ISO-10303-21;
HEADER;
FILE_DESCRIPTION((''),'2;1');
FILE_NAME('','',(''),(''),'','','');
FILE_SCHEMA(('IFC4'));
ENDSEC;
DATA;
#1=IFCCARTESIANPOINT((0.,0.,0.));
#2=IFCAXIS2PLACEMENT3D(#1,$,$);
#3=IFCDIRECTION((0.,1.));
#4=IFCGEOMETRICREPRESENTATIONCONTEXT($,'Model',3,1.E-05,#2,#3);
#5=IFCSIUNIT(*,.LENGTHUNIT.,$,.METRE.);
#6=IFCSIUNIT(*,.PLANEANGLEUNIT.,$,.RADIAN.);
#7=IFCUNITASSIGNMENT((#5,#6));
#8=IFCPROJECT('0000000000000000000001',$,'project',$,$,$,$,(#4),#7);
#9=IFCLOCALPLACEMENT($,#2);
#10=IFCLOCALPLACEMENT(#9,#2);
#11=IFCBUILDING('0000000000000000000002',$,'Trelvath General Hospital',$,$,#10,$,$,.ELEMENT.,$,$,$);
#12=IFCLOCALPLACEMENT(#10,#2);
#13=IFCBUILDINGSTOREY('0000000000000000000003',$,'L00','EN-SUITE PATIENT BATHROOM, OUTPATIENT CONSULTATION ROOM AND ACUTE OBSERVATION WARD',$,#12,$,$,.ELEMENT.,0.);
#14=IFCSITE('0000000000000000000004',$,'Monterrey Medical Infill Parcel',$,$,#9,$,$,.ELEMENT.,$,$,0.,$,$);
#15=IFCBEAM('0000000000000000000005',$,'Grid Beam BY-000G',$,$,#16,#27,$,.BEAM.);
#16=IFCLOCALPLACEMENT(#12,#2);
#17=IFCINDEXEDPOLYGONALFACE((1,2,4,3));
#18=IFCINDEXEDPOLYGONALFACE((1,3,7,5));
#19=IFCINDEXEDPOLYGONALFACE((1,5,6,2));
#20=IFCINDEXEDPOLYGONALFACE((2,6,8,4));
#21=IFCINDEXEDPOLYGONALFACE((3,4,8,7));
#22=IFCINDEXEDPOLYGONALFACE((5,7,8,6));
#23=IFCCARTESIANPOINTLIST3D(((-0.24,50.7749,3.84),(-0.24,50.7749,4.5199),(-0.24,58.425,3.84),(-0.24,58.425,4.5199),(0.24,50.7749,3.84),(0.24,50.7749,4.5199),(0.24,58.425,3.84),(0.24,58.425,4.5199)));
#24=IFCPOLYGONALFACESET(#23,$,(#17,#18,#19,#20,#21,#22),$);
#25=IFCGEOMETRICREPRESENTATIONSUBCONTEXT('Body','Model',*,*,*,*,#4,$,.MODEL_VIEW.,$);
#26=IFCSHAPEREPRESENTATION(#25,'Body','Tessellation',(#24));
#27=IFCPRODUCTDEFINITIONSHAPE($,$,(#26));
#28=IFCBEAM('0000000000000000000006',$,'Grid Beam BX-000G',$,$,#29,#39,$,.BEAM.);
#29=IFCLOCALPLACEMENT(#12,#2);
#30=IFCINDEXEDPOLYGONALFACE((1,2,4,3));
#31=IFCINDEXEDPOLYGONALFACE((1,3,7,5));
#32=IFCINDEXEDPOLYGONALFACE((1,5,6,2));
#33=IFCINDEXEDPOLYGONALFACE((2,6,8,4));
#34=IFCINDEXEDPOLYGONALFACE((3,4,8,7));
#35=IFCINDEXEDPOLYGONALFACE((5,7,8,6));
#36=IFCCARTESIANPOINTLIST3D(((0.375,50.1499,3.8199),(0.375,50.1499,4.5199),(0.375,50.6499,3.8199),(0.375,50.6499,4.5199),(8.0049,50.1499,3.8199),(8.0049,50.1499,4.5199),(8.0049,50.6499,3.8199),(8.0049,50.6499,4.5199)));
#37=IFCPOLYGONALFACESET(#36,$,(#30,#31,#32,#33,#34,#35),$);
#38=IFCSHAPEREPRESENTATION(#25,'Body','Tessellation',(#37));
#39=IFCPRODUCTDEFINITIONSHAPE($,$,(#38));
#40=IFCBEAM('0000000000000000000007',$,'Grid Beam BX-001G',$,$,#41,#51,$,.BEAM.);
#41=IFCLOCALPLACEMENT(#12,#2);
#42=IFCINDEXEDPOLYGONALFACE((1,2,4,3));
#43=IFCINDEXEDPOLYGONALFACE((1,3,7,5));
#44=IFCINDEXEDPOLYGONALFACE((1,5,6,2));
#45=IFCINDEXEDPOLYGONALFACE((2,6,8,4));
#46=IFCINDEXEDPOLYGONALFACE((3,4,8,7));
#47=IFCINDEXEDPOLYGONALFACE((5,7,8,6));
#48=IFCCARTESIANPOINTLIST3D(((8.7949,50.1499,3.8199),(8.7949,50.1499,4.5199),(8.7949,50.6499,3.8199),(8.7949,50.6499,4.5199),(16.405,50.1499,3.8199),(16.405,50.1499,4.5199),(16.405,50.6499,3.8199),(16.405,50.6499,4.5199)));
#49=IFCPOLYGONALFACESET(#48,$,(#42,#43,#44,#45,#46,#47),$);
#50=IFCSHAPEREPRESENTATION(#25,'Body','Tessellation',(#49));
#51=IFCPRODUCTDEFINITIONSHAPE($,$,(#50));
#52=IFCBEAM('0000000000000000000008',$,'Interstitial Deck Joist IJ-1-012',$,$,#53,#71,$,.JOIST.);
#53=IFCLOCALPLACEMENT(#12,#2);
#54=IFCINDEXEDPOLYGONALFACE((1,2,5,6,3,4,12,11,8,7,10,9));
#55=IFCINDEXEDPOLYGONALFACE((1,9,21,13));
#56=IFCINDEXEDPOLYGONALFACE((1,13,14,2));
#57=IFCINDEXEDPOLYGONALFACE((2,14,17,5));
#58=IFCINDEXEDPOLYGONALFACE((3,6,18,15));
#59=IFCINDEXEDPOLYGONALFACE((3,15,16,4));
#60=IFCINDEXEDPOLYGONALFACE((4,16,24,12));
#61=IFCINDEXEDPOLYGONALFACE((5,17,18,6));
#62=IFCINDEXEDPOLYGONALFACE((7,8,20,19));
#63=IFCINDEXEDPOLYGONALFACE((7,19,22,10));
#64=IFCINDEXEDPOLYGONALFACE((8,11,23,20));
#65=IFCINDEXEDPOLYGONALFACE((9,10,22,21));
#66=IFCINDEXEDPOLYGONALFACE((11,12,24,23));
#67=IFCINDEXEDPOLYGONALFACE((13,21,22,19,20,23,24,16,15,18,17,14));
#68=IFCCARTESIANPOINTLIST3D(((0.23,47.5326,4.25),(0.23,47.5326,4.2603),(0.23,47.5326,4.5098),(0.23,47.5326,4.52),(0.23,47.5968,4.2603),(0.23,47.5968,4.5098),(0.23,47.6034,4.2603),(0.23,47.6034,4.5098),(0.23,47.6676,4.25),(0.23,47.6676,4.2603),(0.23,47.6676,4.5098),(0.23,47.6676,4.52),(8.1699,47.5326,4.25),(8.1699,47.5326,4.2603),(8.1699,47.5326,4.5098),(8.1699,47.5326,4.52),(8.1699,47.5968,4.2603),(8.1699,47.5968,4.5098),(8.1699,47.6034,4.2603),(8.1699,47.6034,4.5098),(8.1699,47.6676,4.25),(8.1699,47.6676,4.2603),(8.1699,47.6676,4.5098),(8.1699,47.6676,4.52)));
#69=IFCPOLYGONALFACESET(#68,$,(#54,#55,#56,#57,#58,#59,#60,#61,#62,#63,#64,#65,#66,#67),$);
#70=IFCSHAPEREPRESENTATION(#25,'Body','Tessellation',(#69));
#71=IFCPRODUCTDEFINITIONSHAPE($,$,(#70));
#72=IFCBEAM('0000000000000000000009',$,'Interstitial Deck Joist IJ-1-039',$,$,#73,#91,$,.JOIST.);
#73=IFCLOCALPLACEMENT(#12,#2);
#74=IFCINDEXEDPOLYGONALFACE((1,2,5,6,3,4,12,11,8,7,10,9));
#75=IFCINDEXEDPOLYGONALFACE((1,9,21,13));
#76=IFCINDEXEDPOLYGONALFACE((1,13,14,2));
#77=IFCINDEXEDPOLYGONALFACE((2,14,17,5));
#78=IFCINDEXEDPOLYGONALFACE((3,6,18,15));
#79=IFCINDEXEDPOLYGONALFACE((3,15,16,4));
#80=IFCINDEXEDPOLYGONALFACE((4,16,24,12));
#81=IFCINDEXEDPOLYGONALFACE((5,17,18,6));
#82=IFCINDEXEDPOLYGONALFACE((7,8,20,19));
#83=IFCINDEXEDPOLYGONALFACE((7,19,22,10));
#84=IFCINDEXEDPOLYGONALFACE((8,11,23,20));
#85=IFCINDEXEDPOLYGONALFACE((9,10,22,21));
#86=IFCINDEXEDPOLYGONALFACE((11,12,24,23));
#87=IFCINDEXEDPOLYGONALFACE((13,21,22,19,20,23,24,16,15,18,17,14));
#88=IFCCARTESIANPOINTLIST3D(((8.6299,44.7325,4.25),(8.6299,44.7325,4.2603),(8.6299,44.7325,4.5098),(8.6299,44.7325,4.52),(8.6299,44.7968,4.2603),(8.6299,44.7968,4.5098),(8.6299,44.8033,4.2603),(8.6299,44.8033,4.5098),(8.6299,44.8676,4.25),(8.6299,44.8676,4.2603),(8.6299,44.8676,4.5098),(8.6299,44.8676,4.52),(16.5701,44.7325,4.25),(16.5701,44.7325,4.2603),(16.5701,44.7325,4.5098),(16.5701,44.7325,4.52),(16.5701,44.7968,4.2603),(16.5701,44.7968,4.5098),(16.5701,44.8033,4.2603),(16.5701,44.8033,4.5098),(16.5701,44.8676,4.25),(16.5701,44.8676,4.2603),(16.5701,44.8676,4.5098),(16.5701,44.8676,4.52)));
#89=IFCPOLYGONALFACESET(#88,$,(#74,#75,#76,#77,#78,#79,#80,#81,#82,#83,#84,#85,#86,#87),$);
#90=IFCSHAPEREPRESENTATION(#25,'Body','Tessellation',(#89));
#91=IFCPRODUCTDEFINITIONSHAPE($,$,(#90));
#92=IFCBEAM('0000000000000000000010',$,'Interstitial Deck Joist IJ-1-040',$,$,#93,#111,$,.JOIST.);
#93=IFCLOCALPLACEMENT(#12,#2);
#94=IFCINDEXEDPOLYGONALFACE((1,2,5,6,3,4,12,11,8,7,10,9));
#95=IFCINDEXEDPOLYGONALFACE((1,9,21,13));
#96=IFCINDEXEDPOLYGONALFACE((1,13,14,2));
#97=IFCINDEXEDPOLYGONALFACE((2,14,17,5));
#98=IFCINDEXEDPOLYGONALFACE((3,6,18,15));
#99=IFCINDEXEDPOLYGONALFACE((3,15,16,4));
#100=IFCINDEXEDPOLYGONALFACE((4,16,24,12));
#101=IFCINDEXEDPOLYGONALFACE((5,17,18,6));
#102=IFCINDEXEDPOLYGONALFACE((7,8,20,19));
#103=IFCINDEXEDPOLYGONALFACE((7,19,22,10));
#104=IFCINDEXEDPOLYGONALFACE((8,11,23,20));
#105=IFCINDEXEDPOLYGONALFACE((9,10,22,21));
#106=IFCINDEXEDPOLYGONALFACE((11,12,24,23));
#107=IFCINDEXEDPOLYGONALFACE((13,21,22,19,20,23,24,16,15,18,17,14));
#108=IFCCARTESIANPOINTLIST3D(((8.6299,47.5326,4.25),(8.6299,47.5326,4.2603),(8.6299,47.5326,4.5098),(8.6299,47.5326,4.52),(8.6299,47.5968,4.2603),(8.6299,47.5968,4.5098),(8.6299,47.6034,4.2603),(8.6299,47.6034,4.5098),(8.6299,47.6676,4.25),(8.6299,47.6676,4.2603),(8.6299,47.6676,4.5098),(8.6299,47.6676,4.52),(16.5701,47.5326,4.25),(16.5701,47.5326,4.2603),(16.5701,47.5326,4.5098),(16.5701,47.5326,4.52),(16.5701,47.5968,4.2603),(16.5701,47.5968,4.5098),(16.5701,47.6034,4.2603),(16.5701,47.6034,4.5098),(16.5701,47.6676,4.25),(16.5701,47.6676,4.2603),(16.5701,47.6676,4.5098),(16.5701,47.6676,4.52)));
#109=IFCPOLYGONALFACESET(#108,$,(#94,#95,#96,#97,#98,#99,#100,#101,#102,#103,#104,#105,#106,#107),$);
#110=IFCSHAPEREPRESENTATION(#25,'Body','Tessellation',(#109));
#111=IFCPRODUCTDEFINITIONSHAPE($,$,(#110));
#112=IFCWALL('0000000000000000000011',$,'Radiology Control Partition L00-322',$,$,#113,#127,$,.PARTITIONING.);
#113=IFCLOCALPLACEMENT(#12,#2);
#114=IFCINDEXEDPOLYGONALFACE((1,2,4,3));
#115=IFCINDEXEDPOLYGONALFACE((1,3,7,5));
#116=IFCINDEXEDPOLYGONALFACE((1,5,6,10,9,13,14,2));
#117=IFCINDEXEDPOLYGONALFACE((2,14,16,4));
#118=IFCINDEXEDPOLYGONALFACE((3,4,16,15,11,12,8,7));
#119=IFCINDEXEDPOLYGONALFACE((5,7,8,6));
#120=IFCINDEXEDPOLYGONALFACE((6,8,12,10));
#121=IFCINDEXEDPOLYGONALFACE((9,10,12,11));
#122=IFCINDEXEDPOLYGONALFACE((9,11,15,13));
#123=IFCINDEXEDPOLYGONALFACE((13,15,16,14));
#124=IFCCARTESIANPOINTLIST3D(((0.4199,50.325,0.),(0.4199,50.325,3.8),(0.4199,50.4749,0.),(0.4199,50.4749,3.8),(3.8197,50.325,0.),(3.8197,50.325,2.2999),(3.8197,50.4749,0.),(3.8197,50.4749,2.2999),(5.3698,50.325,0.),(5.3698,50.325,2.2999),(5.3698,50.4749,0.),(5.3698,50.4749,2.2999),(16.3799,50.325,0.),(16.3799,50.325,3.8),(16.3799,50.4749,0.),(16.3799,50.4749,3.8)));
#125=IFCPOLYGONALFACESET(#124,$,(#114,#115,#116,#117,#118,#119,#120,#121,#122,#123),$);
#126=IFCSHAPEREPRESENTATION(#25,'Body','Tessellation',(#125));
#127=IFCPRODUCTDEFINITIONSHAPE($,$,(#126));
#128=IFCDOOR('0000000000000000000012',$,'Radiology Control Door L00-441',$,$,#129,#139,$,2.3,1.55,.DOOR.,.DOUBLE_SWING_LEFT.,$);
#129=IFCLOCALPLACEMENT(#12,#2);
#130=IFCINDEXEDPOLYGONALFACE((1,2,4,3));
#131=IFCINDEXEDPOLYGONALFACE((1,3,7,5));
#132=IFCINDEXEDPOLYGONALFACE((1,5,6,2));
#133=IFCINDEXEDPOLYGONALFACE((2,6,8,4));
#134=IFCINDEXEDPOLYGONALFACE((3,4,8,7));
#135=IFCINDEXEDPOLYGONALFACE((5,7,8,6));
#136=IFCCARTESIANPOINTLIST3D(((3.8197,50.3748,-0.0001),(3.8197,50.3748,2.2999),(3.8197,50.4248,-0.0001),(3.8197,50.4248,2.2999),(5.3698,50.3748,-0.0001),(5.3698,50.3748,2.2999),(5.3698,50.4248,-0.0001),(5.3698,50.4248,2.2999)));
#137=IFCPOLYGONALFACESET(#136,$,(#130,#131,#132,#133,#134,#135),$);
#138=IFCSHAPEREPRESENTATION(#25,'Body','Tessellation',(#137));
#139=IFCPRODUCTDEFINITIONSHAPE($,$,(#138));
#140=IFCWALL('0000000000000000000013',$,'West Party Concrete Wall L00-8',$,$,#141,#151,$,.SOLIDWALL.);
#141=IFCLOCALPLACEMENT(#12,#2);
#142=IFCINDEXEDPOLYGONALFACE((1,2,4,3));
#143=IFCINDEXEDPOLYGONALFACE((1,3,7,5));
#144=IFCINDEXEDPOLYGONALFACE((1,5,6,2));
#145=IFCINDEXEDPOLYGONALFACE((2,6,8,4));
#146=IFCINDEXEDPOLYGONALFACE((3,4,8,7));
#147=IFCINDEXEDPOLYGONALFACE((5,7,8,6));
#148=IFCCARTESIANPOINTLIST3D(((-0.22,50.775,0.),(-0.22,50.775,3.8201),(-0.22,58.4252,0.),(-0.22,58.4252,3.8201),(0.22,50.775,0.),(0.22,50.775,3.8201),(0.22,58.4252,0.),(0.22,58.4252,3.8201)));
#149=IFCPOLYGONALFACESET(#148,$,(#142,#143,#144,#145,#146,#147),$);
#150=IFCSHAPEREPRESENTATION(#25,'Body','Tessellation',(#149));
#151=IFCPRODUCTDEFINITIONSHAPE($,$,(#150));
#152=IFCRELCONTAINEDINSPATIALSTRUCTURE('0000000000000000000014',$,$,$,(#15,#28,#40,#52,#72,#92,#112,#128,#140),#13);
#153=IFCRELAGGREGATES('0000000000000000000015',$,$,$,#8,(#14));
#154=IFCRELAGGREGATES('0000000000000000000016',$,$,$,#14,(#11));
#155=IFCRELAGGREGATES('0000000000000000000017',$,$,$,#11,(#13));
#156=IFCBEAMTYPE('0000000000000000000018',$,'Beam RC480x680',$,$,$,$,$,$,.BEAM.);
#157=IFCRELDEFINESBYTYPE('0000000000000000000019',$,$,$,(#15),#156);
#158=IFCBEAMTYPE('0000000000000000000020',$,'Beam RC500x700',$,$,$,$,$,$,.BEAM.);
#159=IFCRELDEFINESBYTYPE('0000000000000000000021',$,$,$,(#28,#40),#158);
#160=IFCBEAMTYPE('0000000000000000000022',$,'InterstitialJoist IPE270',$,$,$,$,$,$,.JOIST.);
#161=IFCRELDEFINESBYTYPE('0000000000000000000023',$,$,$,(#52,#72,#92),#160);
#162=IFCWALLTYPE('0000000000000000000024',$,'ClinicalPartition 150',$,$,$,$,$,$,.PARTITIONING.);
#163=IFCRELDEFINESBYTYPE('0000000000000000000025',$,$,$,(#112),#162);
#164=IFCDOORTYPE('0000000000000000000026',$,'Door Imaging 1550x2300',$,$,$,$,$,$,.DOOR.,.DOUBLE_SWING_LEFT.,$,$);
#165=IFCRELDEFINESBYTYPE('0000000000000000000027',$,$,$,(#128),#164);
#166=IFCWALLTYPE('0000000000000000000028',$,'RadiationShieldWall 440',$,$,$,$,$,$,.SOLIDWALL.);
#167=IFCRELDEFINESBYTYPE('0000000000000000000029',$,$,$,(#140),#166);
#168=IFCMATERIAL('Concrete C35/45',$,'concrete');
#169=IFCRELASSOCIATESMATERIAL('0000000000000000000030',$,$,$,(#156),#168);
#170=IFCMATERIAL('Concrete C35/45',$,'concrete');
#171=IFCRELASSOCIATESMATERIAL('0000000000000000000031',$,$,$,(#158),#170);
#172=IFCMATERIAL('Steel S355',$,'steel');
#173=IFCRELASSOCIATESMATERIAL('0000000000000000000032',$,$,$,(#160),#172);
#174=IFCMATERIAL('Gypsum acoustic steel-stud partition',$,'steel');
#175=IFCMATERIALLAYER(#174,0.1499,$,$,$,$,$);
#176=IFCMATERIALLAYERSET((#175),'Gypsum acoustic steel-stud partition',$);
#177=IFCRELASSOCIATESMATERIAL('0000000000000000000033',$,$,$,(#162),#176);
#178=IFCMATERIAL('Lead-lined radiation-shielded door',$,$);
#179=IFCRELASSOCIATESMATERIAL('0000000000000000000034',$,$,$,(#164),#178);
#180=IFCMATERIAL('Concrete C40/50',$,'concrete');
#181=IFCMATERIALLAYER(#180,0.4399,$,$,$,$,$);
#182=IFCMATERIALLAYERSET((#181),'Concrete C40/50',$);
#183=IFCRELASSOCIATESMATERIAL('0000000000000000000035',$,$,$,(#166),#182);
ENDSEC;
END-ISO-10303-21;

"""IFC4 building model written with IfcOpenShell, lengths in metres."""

from ifc_helpers import new_model, si_unit, direction, frame, frame_2d, origin, origin_2d, place, context, subcontext, project, spatial, rectangle, i_section, extrude, material, layer, layer_set, material_profile, profile_set, type_object, element, fill, save


model = new_model("IFC4")

# Units and contexts
model_context = context("Model", 3, precision=1e-05, world=origin(), true_north=direction((0.0, 1.0)))
body_context = subcontext(model_context, "Body", "Model", "MODEL_VIEW")
ifc_project = project(units=[si_unit("LENGTHUNIT", "METRE"), si_unit("PLANEANGLEUNIT", "RADIAN")], contexts=[model_context])

# Site, building, storey
site_placement = place(None, origin())
site = spatial("IfcSite", under=ifc_project, at=site_placement, Name="Monterrey Medical Infill Parcel", CompositionType="ELEMENT", RefElevation=0.0)
building_placement = place(site_placement, origin())
building = spatial("IfcBuilding", under=site, at=building_placement, Name="Trelvath General Hospital", CompositionType="ELEMENT")
storey_placement = place(building_placement, origin())
storey = spatial("IfcBuildingStorey", under=building, at=storey_placement, Name="L00", Description="EN-SUITE PATIENT BATHROOM, OUTPATIENT CONSULTATION ROOM AND ACUTE OBSERVATION WARD", CompositionType="ELEMENT", Elevation=0.0)

# Beams
ifc_material_1 = material(Name="Concrete C35/45", Category="concrete")
ifc_material_profile_1 = material_profile(ifc_material_1, rectangle(XDim=0.48, YDim=0.6799, at=origin_2d()), Name="RCB480x680")
ifc_profile_set_1 = profile_set([ifc_material_profile_1], Name="Concrete C35/45")
beam_type_1 = type_object("IfcBeamType", Name="Beam RC480x680", PredefinedType="BEAM", material=ifc_profile_set_1)
beam_1_placement = place(storey_placement, frame((0.0, 50.7749, 4.1799), z_axis=(0.0, 1.0, 0.0), x_axis=(-1.0, 0.0, 0.0)))
element("IfcBeam", 1, at=beam_1_placement, inside=storey, type_object=beam_type_1, Name="Grid Beam BY-000G", PredefinedType="BEAM", context=body_context, shape_type="SweptSolid", body=[
    extrude(rectangle(XDim=0.48, YDim=0.6799, at=origin_2d()), origin(), (0.0, 0.0, 1.0), 7.6501),
])
ifc_material_2 = material(Name="Concrete C35/45", Category="concrete")
ifc_material_profile_2 = material_profile(ifc_material_2, rectangle(XDim=0.5, YDim=0.7, at=origin_2d()), Name="RCB500x700")
ifc_profile_set_2 = profile_set([ifc_material_profile_2], Name="Concrete C35/45")
beam_type_2 = type_object("IfcBeamType", Name="Beam RC500x700", PredefinedType="BEAM", material=ifc_profile_set_2)
beam_2_placement = place(storey_placement, frame((0.375, 50.3999, 4.1699), z_axis=(1.0, 0.0, 0.0), x_axis=(0.0, 1.0, 0.0)))
element("IfcBeam", 2, at=beam_2_placement, inside=storey, type_object=beam_type_2, Name="Grid Beam BX-000G", PredefinedType="BEAM", context=body_context, shape_type="SweptSolid", body=[
    extrude(rectangle(XDim=0.5, YDim=0.7, at=origin_2d()), origin(), (0.0, 0.0, 1.0), 7.6299),
])
beam_3_placement = place(storey_placement, frame((8.7949, 50.3999, 4.1699), z_axis=(1.0, 0.0, 0.0), x_axis=(0.0, 1.0, 0.0)))
element("IfcBeam", 3, at=beam_3_placement, inside=storey, type_object=beam_type_2, Name="Grid Beam BX-001G", PredefinedType="BEAM", context=body_context, shape_type="SweptSolid", body=[
    extrude(rectangle(XDim=0.5, YDim=0.7, at=origin_2d()), origin(), (0.0, 0.0, 1.0), 7.6101),
])
ifc_material_3 = material(Name="Steel S355", Category="steel")
ifc_material_profile_3 = material_profile(ifc_material_3, i_section(OverallWidth=0.135, OverallDepth=0.27, WebThickness=0.0066, FlangeThickness=0.0103, at=origin_2d()), Name="IPE270")
ifc_profile_set_3 = profile_set([ifc_material_profile_3], Name="Steel S355")
beam_type_3 = type_object("IfcBeamType", Name="InterstitialJoist IPE270", PredefinedType="JOIST", material=ifc_profile_set_3)
beam_4_placement = place(storey_placement, frame((0.23, 47.6001, 4.385), z_axis=(1.0, 0.0, 0.0), x_axis=(0.0, 1.0, 0.0)))
element("IfcBeam", 4, at=beam_4_placement, inside=storey, type_object=beam_type_3, Name="Interstitial Deck Joist IJ-1-012", PredefinedType="JOIST", context=body_context, shape_type="SweptSolid", body=[
    extrude(i_section(OverallWidth=0.135, OverallDepth=0.27, WebThickness=0.0066, FlangeThickness=0.0103, at=origin_2d()), origin(), (0.0, 0.0, 1.0), 7.9399),
])
for number, where, z_axis, x_axis, name in (
    (5, (8.6299, 44.8, 4.385), (1.0, 0.0, 0.0), (0.0, 1.0, 0.0), "Interstitial Deck Joist IJ-1-039"),
    (6, (8.6299, 47.6001, 4.385), (1.0, 0.0, 0.0), (0.0, 1.0, 0.0), "Interstitial Deck Joist IJ-1-040"),
):
    element("IfcBeam", number, at=place(storey_placement, frame(where, z_axis=z_axis, x_axis=x_axis)), inside=storey, type_object=beam_type_3, Name=name, PredefinedType="JOIST", context=body_context, shape_type="SweptSolid", body=[
        extrude(i_section(OverallWidth=0.135, OverallDepth=0.27, WebThickness=0.0066, FlangeThickness=0.0103, at=origin_2d()), origin(), (0.0, 0.0, 1.0), 7.9402),
    ])

# Wall, opening, door
ifc_material_4 = material(Name="Gypsum acoustic steel-stud partition", Category="steel")
ifc_layer_1 = layer(ifc_material_4, 0.1499)
ifc_layer_set_1 = layer_set([ifc_layer_1], Name="Gypsum acoustic steel-stud partition")
wall_type_1 = type_object("IfcWallType", Name="ClinicalPartition 150", PredefinedType="PARTITIONING", material=ifc_layer_set_1)
wall_1_placement = place(storey_placement, frame((0.4199, 50.3999, 0.0), z_axis=(0.0, 0.0, 1.0), x_axis=(1.0, 0.0, 0.0)))
wall_1 = element("IfcWall", 7, at=wall_1_placement, inside=storey, type_object=wall_type_1, Name="Radiology Control Partition L00-322", PredefinedType="PARTITIONING", context=body_context, shape_type="SweptSolid", body=[
    extrude(rectangle(XDim=15.96, YDim=0.1499, at=frame_2d((7.98, 0.0))), origin(), (0.0, 0.0, 1.0), 3.8),
])
opening_placement = place(wall_1_placement, frame((3.3999, 0.0, 0.0)))
opening = element("IfcOpeningElement", 8, at=opening_placement, cuts=wall_1, PredefinedType="OPENING", context=body_context, shape_type="SweptSolid", body=[
    extrude(rectangle(XDim=1.55, YDim=2.3, at=frame_2d((0.7749, 1.1499))), frame((0.0, 0.085, 0.0), z_axis=(0.0, -1.0, 0.0), x_axis=(1.0, 0.0, 0.0)), (0.0, 0.0, 1.0), 0.1699),
])
ifc_material_5 = material(Name="Lead-lined radiation-shielded door")
door_type = type_object("IfcDoorType", Name="Door Imaging 1550x2300", OperationType="DOUBLE_SWING_LEFT", PredefinedType="DOOR", material=ifc_material_5)
door_placement = place(opening_placement, origin())
door = element("IfcDoor", 9, at=door_placement, inside=storey, type_object=door_type, Name="Radiology Control Door L00-441", OperationType="DOUBLE_SWING_LEFT", OverallHeight=2.3, OverallWidth=1.55, PredefinedType="DOOR", context=body_context, shape_type="SweptSolid", body=[
    extrude(rectangle(XDim=1.55, YDim=2.3, at=frame_2d((0.7749, 1.1499))), frame((0.0, 0.0249, 0.0), z_axis=(0.0, -1.0, 0.0), x_axis=(1.0, 0.0, 0.0)), (0.0, 0.0, 1.0), 0.05),
])
fill(opening, door)

# Wall
ifc_material_6 = material(Name="Concrete C40/50", Category="concrete")
ifc_layer_2 = layer(ifc_material_6, 0.4399)
ifc_layer_set_2 = layer_set([ifc_layer_2], Name="Concrete C40/50")
wall_type_2 = type_object("IfcWallType", Name="RadiationShieldWall 440", PredefinedType="SOLIDWALL", material=ifc_layer_set_2)
wall_2_placement = place(storey_placement, frame((0.0, 50.7749, 0.0), z_axis=(0.0, 0.0, 1.0), x_axis=(0.0, 1.0, 0.0)))
element("IfcWall", 10, at=wall_2_placement, inside=storey, type_object=wall_type_2, Name="West Party Concrete Wall L00-8", PredefinedType="SOLIDWALL", context=body_context, shape_type="SweptSolid", body=[
    extrude(rectangle(XDim=7.6501, YDim=0.4399, at=frame_2d((3.8252, 0.0))), origin(), (0.0, 0.0, 1.0), 3.8201),
])

save(model, "model.ifc")
